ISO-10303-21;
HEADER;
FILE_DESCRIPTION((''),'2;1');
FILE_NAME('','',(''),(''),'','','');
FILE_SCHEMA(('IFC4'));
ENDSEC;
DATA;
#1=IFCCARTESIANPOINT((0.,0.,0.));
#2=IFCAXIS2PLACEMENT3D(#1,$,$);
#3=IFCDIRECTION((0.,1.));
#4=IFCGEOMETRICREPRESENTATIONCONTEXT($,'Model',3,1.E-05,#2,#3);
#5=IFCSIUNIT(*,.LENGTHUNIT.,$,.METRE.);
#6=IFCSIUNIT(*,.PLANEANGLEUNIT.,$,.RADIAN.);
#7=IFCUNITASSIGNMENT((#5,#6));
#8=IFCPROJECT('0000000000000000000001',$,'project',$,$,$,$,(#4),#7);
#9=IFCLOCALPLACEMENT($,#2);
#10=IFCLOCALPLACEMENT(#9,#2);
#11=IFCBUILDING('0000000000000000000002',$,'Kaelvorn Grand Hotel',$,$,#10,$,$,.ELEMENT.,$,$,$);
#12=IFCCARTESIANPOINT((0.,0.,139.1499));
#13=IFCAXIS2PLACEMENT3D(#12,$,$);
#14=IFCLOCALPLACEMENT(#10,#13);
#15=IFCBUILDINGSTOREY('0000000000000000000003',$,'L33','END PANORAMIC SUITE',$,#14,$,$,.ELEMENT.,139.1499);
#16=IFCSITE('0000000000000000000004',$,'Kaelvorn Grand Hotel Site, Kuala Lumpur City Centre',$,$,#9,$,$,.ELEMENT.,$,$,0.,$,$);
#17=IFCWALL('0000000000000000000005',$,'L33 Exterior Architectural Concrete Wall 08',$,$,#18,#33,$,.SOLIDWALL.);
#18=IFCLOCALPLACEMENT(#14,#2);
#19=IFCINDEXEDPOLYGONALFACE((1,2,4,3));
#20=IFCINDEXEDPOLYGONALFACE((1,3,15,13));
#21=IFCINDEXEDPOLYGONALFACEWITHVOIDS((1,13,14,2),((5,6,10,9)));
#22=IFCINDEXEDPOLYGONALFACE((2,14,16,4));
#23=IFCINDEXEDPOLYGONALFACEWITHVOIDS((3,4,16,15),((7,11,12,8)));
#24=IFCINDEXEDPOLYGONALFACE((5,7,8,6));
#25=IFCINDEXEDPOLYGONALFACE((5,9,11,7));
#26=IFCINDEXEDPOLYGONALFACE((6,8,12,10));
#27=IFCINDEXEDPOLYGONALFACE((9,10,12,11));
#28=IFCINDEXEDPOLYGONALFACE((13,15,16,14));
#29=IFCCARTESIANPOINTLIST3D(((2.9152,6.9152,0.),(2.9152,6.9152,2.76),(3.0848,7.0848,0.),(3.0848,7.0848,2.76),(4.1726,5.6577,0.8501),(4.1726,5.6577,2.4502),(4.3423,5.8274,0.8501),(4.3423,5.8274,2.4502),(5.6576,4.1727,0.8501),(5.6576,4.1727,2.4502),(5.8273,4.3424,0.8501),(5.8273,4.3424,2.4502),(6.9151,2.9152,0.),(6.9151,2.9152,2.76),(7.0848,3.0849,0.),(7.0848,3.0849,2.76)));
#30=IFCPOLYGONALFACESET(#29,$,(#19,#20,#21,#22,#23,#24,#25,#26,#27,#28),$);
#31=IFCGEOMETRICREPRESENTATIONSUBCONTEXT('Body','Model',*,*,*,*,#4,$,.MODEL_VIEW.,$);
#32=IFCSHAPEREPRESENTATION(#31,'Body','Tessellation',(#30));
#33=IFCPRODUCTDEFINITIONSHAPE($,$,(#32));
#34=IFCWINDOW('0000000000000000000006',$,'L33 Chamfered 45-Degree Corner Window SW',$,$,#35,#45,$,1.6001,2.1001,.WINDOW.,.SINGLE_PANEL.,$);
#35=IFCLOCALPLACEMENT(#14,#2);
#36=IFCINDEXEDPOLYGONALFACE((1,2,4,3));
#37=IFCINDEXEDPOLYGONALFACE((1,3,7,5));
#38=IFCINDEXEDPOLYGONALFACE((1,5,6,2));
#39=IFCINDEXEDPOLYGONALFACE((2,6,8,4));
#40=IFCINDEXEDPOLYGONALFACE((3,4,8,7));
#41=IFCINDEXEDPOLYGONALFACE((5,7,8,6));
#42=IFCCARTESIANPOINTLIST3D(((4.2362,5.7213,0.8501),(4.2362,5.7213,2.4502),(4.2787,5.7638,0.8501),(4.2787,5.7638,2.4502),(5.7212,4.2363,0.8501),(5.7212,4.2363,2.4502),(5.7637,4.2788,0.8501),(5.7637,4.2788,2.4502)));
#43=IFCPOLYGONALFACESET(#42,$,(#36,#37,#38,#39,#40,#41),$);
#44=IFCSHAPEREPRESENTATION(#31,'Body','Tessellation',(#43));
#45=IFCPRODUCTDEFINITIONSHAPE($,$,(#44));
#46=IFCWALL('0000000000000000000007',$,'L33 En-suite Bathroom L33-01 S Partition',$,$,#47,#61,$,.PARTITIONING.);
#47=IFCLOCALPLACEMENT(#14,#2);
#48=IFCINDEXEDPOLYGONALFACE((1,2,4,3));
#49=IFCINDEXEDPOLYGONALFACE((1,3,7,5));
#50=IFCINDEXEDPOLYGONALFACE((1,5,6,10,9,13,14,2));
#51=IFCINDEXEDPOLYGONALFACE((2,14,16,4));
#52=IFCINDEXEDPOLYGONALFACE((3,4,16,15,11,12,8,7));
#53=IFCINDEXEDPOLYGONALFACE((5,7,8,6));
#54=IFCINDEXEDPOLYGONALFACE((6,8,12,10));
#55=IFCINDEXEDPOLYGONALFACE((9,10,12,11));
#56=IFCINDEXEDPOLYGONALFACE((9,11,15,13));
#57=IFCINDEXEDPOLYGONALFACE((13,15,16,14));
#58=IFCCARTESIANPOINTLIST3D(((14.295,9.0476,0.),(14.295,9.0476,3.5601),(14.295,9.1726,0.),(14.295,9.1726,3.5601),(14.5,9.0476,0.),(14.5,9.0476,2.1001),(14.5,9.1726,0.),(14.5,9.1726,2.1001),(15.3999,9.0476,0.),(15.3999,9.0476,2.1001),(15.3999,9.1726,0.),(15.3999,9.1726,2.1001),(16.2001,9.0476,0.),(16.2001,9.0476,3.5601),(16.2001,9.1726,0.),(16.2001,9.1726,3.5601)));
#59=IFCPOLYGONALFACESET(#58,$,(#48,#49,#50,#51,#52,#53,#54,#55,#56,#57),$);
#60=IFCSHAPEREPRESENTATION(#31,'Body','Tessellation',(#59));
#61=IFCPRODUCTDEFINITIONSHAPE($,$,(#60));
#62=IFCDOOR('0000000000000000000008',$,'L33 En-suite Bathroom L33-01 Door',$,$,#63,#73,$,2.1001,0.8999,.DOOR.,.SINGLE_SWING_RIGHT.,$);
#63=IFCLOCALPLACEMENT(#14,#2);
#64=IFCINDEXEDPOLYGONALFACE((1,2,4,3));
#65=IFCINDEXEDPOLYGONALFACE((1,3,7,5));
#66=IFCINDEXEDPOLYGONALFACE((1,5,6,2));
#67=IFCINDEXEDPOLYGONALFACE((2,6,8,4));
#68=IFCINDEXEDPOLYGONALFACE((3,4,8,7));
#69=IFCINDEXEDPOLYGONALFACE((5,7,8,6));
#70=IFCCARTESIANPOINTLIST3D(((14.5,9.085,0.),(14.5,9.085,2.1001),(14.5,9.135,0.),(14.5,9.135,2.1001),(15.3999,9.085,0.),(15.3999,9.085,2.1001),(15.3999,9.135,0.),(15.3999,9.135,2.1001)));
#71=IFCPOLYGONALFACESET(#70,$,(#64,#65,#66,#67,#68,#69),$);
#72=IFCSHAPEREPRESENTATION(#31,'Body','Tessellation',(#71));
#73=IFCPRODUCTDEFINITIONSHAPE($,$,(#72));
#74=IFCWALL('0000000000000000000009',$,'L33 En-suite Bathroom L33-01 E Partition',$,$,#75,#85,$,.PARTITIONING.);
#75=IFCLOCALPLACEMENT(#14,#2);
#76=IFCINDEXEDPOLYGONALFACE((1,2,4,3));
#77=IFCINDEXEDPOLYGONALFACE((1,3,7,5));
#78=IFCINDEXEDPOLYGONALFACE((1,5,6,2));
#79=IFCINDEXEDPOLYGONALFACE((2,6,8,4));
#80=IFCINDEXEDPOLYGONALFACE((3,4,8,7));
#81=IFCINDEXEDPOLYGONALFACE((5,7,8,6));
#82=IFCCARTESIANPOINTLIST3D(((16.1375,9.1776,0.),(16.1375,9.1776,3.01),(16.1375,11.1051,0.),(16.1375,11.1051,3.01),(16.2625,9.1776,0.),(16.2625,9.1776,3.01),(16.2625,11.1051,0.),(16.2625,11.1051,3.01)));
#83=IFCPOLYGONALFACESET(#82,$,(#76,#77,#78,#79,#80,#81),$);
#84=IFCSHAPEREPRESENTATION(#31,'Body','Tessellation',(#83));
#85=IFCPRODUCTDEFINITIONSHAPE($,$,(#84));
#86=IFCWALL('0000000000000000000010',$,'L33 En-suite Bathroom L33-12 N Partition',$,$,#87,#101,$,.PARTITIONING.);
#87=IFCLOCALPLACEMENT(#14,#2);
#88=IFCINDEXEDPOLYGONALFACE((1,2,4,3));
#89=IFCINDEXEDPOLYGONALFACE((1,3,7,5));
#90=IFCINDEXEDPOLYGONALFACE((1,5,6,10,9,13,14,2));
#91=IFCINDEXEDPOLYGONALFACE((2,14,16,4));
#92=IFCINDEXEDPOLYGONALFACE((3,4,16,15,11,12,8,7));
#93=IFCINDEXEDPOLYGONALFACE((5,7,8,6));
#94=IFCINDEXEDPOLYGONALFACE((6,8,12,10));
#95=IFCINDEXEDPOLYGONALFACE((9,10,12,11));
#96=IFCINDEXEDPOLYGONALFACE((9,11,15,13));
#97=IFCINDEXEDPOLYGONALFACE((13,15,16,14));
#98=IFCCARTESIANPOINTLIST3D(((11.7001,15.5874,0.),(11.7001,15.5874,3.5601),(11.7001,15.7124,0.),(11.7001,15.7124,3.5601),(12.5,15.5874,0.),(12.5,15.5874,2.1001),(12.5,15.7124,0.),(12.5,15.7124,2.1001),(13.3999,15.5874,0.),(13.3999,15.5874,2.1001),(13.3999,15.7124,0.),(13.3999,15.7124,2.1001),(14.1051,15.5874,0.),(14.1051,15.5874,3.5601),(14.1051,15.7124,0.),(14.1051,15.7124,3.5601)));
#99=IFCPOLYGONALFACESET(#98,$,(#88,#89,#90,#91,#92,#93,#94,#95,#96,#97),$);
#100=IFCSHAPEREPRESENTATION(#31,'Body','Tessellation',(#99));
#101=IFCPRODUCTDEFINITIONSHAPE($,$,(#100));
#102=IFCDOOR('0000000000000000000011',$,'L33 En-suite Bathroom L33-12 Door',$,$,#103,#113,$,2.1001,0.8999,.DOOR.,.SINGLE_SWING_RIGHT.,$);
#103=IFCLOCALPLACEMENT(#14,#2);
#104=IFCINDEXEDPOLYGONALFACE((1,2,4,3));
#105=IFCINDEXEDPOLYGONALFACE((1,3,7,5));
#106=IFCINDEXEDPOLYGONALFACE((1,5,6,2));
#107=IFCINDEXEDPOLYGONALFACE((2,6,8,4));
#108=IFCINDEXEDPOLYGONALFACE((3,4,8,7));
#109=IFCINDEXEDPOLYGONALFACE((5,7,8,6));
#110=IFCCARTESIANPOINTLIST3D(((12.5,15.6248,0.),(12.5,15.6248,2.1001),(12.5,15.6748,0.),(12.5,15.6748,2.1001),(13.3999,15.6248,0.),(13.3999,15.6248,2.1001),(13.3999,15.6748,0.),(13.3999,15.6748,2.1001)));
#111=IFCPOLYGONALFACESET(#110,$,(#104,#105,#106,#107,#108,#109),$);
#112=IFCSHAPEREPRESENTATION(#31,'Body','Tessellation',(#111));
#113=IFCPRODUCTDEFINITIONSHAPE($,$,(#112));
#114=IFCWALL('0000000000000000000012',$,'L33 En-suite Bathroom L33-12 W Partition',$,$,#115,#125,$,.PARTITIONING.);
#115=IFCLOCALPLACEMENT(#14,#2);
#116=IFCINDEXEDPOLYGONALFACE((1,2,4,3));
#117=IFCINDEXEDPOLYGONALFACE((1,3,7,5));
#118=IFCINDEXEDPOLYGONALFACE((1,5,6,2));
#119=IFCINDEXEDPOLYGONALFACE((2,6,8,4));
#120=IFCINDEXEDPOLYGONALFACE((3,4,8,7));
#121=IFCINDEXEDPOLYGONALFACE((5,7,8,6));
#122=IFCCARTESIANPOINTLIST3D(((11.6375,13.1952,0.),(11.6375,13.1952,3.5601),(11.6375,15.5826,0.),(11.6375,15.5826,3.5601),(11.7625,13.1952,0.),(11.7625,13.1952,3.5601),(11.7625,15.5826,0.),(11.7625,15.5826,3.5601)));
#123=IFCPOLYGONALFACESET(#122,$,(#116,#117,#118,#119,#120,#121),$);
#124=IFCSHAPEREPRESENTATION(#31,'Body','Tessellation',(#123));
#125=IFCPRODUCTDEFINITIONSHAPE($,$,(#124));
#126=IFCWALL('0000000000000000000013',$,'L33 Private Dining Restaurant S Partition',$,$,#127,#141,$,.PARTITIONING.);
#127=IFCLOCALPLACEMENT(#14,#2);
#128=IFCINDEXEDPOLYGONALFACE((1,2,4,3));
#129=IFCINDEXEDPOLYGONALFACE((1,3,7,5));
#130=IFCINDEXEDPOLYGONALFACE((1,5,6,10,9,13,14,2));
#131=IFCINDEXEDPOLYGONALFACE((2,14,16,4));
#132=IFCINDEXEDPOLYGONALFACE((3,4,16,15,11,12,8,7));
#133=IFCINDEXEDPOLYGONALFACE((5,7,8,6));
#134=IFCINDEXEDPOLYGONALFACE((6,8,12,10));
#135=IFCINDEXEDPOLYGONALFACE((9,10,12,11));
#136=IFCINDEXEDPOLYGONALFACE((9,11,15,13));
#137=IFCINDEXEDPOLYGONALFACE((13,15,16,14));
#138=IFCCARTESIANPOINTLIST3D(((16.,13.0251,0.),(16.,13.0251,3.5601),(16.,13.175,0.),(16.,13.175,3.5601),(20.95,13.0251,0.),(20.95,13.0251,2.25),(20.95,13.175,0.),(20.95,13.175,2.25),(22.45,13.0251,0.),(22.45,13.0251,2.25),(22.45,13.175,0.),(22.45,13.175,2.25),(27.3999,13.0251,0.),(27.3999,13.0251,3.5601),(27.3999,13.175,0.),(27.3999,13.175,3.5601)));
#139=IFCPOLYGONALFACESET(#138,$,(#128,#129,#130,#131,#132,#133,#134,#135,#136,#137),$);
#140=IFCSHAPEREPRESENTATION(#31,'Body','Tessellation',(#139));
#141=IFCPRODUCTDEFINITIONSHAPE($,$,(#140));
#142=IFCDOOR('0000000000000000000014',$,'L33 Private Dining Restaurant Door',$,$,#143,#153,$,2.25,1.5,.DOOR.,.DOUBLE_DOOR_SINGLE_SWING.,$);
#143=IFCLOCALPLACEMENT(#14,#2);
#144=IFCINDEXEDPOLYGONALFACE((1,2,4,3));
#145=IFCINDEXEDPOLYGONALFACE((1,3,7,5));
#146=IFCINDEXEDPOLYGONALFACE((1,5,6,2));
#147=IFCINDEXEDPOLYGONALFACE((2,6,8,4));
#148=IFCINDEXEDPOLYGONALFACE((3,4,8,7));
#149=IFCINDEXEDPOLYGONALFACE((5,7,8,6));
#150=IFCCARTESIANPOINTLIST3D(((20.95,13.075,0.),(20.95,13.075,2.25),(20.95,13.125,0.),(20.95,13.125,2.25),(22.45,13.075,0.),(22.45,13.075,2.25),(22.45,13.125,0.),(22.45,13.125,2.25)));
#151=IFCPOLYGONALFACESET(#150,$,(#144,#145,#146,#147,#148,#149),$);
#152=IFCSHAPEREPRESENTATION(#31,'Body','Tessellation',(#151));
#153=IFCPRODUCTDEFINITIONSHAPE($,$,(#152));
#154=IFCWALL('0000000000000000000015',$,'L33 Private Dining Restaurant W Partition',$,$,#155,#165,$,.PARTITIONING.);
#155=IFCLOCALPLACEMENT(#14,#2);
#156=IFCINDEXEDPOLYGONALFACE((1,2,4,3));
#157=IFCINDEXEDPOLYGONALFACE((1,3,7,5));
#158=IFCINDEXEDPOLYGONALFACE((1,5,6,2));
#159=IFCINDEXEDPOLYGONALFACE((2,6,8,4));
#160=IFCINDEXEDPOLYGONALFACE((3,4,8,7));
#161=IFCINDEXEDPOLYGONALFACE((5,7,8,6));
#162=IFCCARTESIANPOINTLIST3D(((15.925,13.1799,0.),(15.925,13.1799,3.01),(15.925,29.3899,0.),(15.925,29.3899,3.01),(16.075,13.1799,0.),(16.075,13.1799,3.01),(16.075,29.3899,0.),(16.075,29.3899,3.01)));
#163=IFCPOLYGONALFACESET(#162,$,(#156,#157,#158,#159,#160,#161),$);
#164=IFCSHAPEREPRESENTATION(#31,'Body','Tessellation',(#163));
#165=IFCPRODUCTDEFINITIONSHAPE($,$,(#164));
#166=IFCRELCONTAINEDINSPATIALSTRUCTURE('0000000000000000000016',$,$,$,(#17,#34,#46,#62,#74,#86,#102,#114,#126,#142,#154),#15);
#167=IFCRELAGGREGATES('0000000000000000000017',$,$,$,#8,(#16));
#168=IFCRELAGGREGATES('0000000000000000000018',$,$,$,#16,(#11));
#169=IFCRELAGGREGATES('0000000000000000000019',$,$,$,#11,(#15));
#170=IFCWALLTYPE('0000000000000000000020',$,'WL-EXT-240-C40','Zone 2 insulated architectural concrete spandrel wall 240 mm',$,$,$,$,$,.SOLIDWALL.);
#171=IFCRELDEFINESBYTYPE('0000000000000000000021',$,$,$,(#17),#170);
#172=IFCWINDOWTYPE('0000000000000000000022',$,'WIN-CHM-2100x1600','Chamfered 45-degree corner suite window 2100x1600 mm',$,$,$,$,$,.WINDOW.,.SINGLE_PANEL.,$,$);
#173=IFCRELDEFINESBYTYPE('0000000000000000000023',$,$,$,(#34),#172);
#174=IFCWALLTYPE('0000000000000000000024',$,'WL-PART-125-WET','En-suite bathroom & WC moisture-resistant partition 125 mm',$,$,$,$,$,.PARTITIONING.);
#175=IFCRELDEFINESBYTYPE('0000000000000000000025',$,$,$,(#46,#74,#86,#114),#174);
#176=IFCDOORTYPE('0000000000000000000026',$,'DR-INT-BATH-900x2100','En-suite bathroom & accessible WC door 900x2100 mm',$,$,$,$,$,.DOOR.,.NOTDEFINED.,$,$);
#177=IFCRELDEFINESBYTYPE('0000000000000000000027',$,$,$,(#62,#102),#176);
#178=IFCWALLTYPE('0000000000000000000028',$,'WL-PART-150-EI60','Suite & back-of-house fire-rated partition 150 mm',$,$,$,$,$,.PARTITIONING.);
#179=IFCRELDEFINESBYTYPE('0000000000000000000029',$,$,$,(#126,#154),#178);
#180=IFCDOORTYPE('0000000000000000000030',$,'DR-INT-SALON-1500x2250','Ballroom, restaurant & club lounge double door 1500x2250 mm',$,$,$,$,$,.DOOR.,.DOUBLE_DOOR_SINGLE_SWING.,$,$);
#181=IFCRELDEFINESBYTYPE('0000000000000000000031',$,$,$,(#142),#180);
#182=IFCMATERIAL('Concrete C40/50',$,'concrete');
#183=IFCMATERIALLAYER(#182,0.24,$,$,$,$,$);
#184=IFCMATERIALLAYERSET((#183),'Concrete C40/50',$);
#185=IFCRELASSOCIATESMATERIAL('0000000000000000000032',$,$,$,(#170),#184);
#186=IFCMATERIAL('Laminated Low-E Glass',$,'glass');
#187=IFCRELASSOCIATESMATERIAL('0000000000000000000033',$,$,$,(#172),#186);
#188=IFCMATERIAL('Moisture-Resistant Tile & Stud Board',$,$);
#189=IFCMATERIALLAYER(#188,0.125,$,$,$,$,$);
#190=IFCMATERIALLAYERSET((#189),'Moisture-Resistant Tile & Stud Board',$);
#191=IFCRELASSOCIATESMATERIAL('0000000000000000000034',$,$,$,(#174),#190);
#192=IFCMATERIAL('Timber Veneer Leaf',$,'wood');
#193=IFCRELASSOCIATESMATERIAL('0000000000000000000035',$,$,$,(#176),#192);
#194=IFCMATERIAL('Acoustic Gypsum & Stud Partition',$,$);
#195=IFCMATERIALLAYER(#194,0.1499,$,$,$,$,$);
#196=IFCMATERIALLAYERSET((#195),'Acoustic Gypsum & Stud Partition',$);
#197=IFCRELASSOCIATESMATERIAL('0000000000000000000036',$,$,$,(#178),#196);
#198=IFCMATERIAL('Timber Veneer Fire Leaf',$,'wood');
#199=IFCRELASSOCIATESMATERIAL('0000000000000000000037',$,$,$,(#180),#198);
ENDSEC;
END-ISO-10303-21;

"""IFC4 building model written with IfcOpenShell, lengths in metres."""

from ifc_helpers import new_model, si_unit, direction, frame, frame_2d, origin, place, context, subcontext, project, spatial, rectangle, extrude, material, layer, layer_set, type_object, element, fill, save


model = new_model("IFC4")

# Units and contexts
model_context = context("Model", 3, precision=1e-05, world=origin(), true_north=direction((0.0, 1.0)))
body_context = subcontext(model_context, "Body", "Model", "MODEL_VIEW")
ifc_project = project(units=[si_unit("LENGTHUNIT", "METRE"), si_unit("PLANEANGLEUNIT", "RADIAN")], contexts=[model_context])

# Site, building, storey
site_placement = place(None, origin())
site = spatial("IfcSite", under=ifc_project, at=site_placement, Name="Kaelvorn Grand Hotel Site, Kuala Lumpur City Centre", CompositionType="ELEMENT", RefElevation=0.0)
building_placement = place(site_placement, origin())
building = spatial("IfcBuilding", under=site, at=building_placement, Name="Kaelvorn Grand Hotel", CompositionType="ELEMENT")
storey_placement = place(building_placement, frame((0.0, 0.0, 139.1499)))
storey = spatial("IfcBuildingStorey", under=building, at=storey_placement, Name="L33", Description="END PANORAMIC SUITE", CompositionType="ELEMENT", Elevation=139.1499)

# Wall, opening, window
ifc_material_1 = material(Name="Concrete C40/50", Category="concrete")
ifc_layer_1 = layer(ifc_material_1, 0.24)
ifc_layer_set_1 = layer_set([ifc_layer_1], Name="Concrete C40/50")
wall_type_1 = type_object("IfcWallType", Name="WL-EXT-240-C40", Description="Zone 2 insulated architectural concrete spandrel wall 240 mm", PredefinedType="SOLIDWALL", material=ifc_layer_set_1)
wall_1_placement = place(storey_placement, frame((3.0, 7.0, 0.0), z_axis=(0.0, 0.0, 1.0), x_axis=(0.707107, -0.707107, 0.0)))
wall_1 = element("IfcWall", 1, at=wall_1_placement, inside=storey, type_object=wall_type_1, Name="L33 Exterior Architectural Concrete Wall 08", PredefinedType="SOLIDWALL", context=body_context, shape_type="SweptSolid", body=[
    extrude(rectangle(XDim=5.6567, YDim=0.24, at=frame_2d((2.8284, 0.0))), origin(), (0.0, 0.0, 1.0), 2.76),
])
opening_1_placement = place(wall_1_placement, frame((1.7783, 0.0, 0.8501)))
opening_1 = element("IfcOpeningElement", 2, at=opening_1_placement, cuts=wall_1, PredefinedType="OPENING", context=body_context, shape_type="SweptSolid", body=[
    extrude(rectangle(XDim=2.1001, YDim=1.6001, at=frame_2d((1.05, 0.8))), frame((0.0, 0.1299, 0.0), z_axis=(0.0, -1.0, 0.0), x_axis=(1.0, 0.0, 0.0)), (0.0, 0.0, 1.0), 0.26),
])
ifc_material_2 = material(Name="Laminated Low-E Glass", Category="glass")
window_type = type_object("IfcWindowType", Name="WIN-CHM-2100x1600", Description="Chamfered 45-degree corner suite window 2100x1600 mm", PartitioningType="SINGLE_PANEL", PredefinedType="WINDOW", material=ifc_material_2)
window_placement = place(opening_1_placement, origin())
window = element("IfcWindow", 3, at=window_placement, inside=storey, type_object=window_type, Name="L33 Chamfered 45-Degree Corner Window SW", OverallHeight=1.6001, OverallWidth=2.1001, PartitioningType="SINGLE_PANEL", PredefinedType="WINDOW", context=body_context, shape_type="SweptSolid", body=[
    extrude(rectangle(XDim=2.1001, YDim=1.6001, at=frame_2d((1.05, 0.8))), frame((0.0, 0.03, 0.0), z_axis=(0.0, -1.0, 0.0), x_axis=(1.0, 0.0, 0.0)), (0.0, 0.0, 1.0), 0.0601),
])
fill(opening_1, window)

# Wall, opening, door
ifc_material_3 = material(Name="Moisture-Resistant Tile & Stud Board")
ifc_layer_2 = layer(ifc_material_3, 0.125)
ifc_layer_set_2 = layer_set([ifc_layer_2], Name="Moisture-Resistant Tile & Stud Board")
wall_type_2 = type_object("IfcWallType", Name="WL-PART-125-WET", Description="En-suite bathroom & WC moisture-resistant partition 125 mm", PredefinedType="PARTITIONING", material=ifc_layer_set_2)
wall_2_placement = place(storey_placement, frame((14.2949, 9.1101, 0.0), z_axis=(0.0, 0.0, 1.0), x_axis=(1.0, 0.0, 0.0)))
wall_2 = element("IfcWall", 4, at=wall_2_placement, inside=storey, type_object=wall_type_2, Name="L33 En-suite Bathroom L33-01 S Partition", PredefinedType="PARTITIONING", context=body_context, shape_type="SweptSolid", body=[
    extrude(rectangle(XDim=1.905, YDim=0.125, at=frame_2d((0.9526, 0.0))), origin(), (0.0, 0.0, 1.0), 3.5601),
])
opening_2_placement = place(wall_2_placement, frame((0.2051, 0.0, 0.0)))
opening_2 = element("IfcOpeningElement", 5, at=opening_2_placement, cuts=wall_2, PredefinedType="OPENING", context=body_context, shape_type="SweptSolid", body=[
    extrude(rectangle(XDim=0.8999, YDim=2.1001, at=frame_2d((0.45, 1.05))), frame((0.0, 0.0725, 0.0), z_axis=(0.0, -1.0, 0.0), x_axis=(1.0, 0.0, 0.0)), (0.0, 0.0, 1.0), 0.145),
])
ifc_material_4 = material(Name="Timber Veneer Leaf", Category="wood")
door_type_1 = type_object("IfcDoorType", Name="DR-INT-BATH-900x2100", Description="En-suite bathroom & accessible WC door 900x2100 mm", OperationType="NOTDEFINED", PredefinedType="DOOR", material=ifc_material_4)
door_1_placement = place(opening_2_placement, origin())
door_1 = element("IfcDoor", 6, at=door_1_placement, inside=storey, type_object=door_type_1, Name="L33 En-suite Bathroom L33-01 Door", OperationType="SINGLE_SWING_RIGHT", OverallHeight=2.1001, OverallWidth=0.8999, PredefinedType="DOOR", context=body_context, shape_type="SweptSolid", body=[
    extrude(rectangle(XDim=0.8999, YDim=2.1001, at=frame_2d((0.45, 1.05))), frame((0.0, 0.0249, 0.0), z_axis=(0.0, -1.0, 0.0), x_axis=(1.0, 0.0, 0.0)), (0.0, 0.0, 1.0), 0.05),
])
fill(opening_2, door_1)

# Wall
wall_3_placement = place(storey_placement, frame((16.2, 9.1775, 0.0), z_axis=(0.0, 0.0, 1.0), x_axis=(0.0, 1.0, 0.0)))
element("IfcWall", 7, at=wall_3_placement, inside=storey, type_object=wall_type_2, Name="L33 En-suite Bathroom L33-01 E Partition", PredefinedType="PARTITIONING", context=body_context, shape_type="SweptSolid", body=[
    extrude(rectangle(XDim=1.9275, YDim=0.125, at=frame_2d((0.9639, 0.0))), origin(), (0.0, 0.0, 1.0), 3.01),
])

# Wall, opening, door
wall_4_placement = place(storey_placement, frame((11.7, 15.6499, 0.0), z_axis=(0.0, 0.0, 1.0), x_axis=(1.0, 0.0, 0.0)))
wall_4 = element("IfcWall", 8, at=wall_4_placement, inside=storey, type_object=wall_type_2, Name="L33 En-suite Bathroom L33-12 N Partition", PredefinedType="PARTITIONING", context=body_context, shape_type="SweptSolid", body=[
    extrude(rectangle(XDim=2.405, YDim=0.125, at=frame_2d((1.2026, 0.0))), origin(), (0.0, 0.0, 1.0), 3.5601),
])
opening_3_placement = place(wall_4_placement, frame((0.8, 0.0, 0.0)))
opening_3 = element("IfcOpeningElement", 9, at=opening_3_placement, cuts=wall_4, PredefinedType="OPENING", context=body_context, shape_type="SweptSolid", body=[
    extrude(rectangle(XDim=0.8999, YDim=2.1001, at=frame_2d((0.45, 1.05))), frame((0.0, 0.0725, 0.0), z_axis=(0.0, -1.0, 0.0), x_axis=(1.0, 0.0, 0.0)), (0.0, 0.0, 1.0), 0.145),
])
door_2_placement = place(opening_3_placement, origin())
door_2 = element("IfcDoor", 10, at=door_2_placement, inside=storey, type_object=door_type_1, Name="L33 En-suite Bathroom L33-12 Door", OperationType="SINGLE_SWING_RIGHT", OverallHeight=2.1001, OverallWidth=0.8999, PredefinedType="DOOR", context=body_context, shape_type="SweptSolid", body=[
    extrude(rectangle(XDim=0.8999, YDim=2.1001, at=frame_2d((0.45, 1.05))), frame((0.0, 0.0249, 0.0), z_axis=(0.0, -1.0, 0.0), x_axis=(1.0, 0.0, 0.0)), (0.0, 0.0, 1.0), 0.05),
])
fill(opening_3, door_2)

# Wall
wall_5_placement = place(storey_placement, frame((11.7, 13.1951, 0.0), z_axis=(0.0, 0.0, 1.0), x_axis=(0.0, 1.0, 0.0)))
element("IfcWall", 11, at=wall_5_placement, inside=storey, type_object=wall_type_2, Name="L33 En-suite Bathroom L33-12 W Partition", PredefinedType="PARTITIONING", context=body_context, shape_type="SweptSolid", body=[
    extrude(rectangle(XDim=2.3875, YDim=0.125, at=frame_2d((1.1938, 0.0))), origin(), (0.0, 0.0, 1.0), 3.5601),
])

# Wall, opening, door
ifc_material_5 = material(Name="Acoustic Gypsum & Stud Partition")
ifc_layer_3 = layer(ifc_material_5, 0.1499)
ifc_layer_set_3 = layer_set([ifc_layer_3], Name="Acoustic Gypsum & Stud Partition")
wall_type_3 = type_object("IfcWallType", Name="WL-PART-150-EI60", Description="Suite & back-of-house fire-rated partition 150 mm", PredefinedType="PARTITIONING", material=ifc_layer_set_3)
wall_6_placement = place(storey_placement, frame((16.0, 13.1001, 0.0), z_axis=(0.0, 0.0, 1.0), x_axis=(1.0, 0.0, 0.0)))
wall_6 = element("IfcWall", 12, at=wall_6_placement, inside=storey, type_object=wall_type_3, Name="L33 Private Dining Restaurant S Partition", PredefinedType="PARTITIONING", context=body_context, shape_type="SweptSolid", body=[
    extrude(rectangle(XDim=11.3999, YDim=0.1499, at=frame_2d((5.7, 0.0))), origin(), (0.0, 0.0, 1.0), 3.5601),
])
opening_4_placement = place(wall_6_placement, frame((4.95, 0.0, 0.0)))
opening_4 = element("IfcOpeningElement", 13, at=opening_4_placement, cuts=wall_6, PredefinedType="OPENING", context=body_context, shape_type="SweptSolid", body=[
    extrude(rectangle(XDim=1.5, YDim=2.25, at=frame_2d((0.75, 1.125))), frame((0.0, 0.085, 0.0), z_axis=(0.0, -1.0, 0.0), x_axis=(1.0, 0.0, 0.0)), (0.0, 0.0, 1.0), 0.1699),
])
ifc_material_6 = material(Name="Timber Veneer Fire Leaf", Category="wood")
door_type_2 = type_object("IfcDoorType", Name="DR-INT-SALON-1500x2250", Description="Ballroom, restaurant & club lounge double door 1500x2250 mm", OperationType="DOUBLE_DOOR_SINGLE_SWING", PredefinedType="DOOR", material=ifc_material_6)
door_3_placement = place(opening_4_placement, origin())
door_3 = element("IfcDoor", 14, at=door_3_placement, inside=storey, type_object=door_type_2, Name="L33 Private Dining Restaurant Door", OperationType="DOUBLE_DOOR_SINGLE_SWING", OverallHeight=2.25, OverallWidth=1.5, PredefinedType="DOOR", context=body_context, shape_type="SweptSolid", body=[
    extrude(rectangle(XDim=1.5, YDim=2.25, at=frame_2d((0.75, 1.125))), frame((0.0, 0.0249, 0.0), z_axis=(0.0, -1.0, 0.0), x_axis=(1.0, 0.0, 0.0)), (0.0, 0.0, 1.0), 0.05),
])
fill(opening_4, door_3)

# Wall
wall_7_placement = place(storey_placement, frame((16.0, 13.1799, 0.0), z_axis=(0.0, 0.0, 1.0), x_axis=(0.0, 1.0, 0.0)))
element("IfcWall", 15, at=wall_7_placement, inside=storey, type_object=wall_type_3, Name="L33 Private Dining Restaurant W Partition", PredefinedType="PARTITIONING", context=body_context, shape_type="SweptSolid", body=[
    extrude(rectangle(XDim=16.21, YDim=0.1499, at=frame_2d((8.105, 0.0))), origin(), (0.0, 0.0, 1.0), 3.01),
])

save(model, "model.ifc")
